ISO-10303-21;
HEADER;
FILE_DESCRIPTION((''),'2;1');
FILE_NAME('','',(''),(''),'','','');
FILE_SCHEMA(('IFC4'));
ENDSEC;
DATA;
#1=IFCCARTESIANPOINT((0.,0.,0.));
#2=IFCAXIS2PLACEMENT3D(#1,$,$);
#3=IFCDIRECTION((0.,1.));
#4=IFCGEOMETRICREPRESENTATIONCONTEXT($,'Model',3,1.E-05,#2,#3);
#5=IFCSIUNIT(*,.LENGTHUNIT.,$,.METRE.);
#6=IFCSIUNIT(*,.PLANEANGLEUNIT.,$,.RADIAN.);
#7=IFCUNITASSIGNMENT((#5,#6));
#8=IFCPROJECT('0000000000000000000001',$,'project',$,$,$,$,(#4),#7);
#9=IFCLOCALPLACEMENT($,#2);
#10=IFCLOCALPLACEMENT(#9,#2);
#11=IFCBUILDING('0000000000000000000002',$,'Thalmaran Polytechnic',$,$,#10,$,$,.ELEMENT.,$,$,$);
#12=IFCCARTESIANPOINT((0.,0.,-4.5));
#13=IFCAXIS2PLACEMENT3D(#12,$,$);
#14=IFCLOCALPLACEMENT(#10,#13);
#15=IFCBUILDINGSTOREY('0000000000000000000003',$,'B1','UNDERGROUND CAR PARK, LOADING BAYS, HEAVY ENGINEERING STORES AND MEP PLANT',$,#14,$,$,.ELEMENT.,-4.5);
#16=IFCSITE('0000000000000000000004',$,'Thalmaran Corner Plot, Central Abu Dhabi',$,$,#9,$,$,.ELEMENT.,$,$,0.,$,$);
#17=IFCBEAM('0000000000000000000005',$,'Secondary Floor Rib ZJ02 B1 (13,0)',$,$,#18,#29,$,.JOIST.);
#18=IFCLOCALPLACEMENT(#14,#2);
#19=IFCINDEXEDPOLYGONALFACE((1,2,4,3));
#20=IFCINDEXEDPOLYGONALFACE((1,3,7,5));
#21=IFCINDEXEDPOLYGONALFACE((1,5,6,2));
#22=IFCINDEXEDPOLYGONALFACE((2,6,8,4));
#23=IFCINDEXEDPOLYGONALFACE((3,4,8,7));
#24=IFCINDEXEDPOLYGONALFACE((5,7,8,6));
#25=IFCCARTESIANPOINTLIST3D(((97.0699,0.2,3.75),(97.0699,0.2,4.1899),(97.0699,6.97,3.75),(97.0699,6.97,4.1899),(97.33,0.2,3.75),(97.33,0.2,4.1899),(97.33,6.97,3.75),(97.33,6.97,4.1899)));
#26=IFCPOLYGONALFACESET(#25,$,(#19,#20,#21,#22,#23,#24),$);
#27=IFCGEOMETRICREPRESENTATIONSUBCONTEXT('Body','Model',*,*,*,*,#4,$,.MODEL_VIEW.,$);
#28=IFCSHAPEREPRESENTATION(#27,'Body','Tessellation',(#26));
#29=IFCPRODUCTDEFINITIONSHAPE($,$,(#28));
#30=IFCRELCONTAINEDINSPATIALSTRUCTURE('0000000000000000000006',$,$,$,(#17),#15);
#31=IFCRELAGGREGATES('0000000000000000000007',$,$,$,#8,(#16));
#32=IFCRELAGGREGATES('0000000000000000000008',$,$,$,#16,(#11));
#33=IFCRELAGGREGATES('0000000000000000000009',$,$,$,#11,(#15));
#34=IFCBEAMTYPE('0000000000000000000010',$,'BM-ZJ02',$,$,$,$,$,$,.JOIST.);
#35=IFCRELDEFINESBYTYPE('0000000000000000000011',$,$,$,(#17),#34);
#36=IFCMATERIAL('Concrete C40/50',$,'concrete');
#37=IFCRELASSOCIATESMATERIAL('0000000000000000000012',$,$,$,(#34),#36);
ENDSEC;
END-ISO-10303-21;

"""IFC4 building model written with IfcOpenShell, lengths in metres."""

from ifc_helpers import new_model, si_unit, direction, frame, origin, origin_2d, place, context, subcontext, project, spatial, rectangle, extrude, material, material_profile, profile_set, type_object, element, save


model = new_model("IFC4")

# Units and contexts
model_context = context("Model", 3, precision=1e-05, world=origin(), true_north=direction((0.0, 1.0)))
body_context = subcontext(model_context, "Body", "Model", "MODEL_VIEW")
ifc_project = project(units=[si_unit("LENGTHUNIT", "METRE"), si_unit("PLANEANGLEUNIT", "RADIAN")], contexts=[model_context])

# Site, building, storey
site_placement = place(None, origin())
site = spatial("IfcSite", under=ifc_project, at=site_placement, Name="Thalmaran Corner Plot, Central Abu Dhabi", CompositionType="ELEMENT", RefElevation=0.0)
building_placement = place(site_placement, origin())
building = spatial("IfcBuilding", under=site, at=building_placement, Name="Thalmaran Polytechnic", CompositionType="ELEMENT")
storey_placement = place(building_placement, frame((0.0, 0.0, -4.5)))
storey = spatial("IfcBuildingStorey", under=building, at=storey_placement, Name="B1", Description="UNDERGROUND CAR PARK, LOADING BAYS, HEAVY ENGINEERING STORES AND MEP PLANT", CompositionType="ELEMENT", Elevation=-4.5)

# Shared definitions
ifc_material_1 = material(Name="Concrete C40/50", Category="concrete")

# Beam
ifc_material_profile_1 = material_profile(ifc_material_1, rectangle(XDim=0.26, YDim=0.4399, at=origin_2d()), Name="RC 260x440")
ifc_profile_set_1 = profile_set([ifc_material_profile_1], Name="Concrete C40/50")
beam_type_1 = type_object("IfcBeamType", Name="BM-ZJ02", PredefinedType="JOIST", material=ifc_profile_set_1)
beam_1_placement = place(storey_placement, frame((97.2, 0.2, 3.97), z_axis=(0.0, 1.0, 0.0), x_axis=(-1.0, 0.0, 0.0)))
element("IfcBeam", 1, at=beam_1_placement, inside=storey, type_object=beam_type_1, Name="Secondary Floor Rib ZJ02 B1 (13,0)", PredefinedType="JOIST", context=body_context, shape_type="SweptSolid", body=[
    extrude(rectangle(XDim=0.26, YDim=0.4399, at=origin_2d()), origin(), (0.0, 0.0, 1.0), 6.77),
])

save(model, "model.ifc")
